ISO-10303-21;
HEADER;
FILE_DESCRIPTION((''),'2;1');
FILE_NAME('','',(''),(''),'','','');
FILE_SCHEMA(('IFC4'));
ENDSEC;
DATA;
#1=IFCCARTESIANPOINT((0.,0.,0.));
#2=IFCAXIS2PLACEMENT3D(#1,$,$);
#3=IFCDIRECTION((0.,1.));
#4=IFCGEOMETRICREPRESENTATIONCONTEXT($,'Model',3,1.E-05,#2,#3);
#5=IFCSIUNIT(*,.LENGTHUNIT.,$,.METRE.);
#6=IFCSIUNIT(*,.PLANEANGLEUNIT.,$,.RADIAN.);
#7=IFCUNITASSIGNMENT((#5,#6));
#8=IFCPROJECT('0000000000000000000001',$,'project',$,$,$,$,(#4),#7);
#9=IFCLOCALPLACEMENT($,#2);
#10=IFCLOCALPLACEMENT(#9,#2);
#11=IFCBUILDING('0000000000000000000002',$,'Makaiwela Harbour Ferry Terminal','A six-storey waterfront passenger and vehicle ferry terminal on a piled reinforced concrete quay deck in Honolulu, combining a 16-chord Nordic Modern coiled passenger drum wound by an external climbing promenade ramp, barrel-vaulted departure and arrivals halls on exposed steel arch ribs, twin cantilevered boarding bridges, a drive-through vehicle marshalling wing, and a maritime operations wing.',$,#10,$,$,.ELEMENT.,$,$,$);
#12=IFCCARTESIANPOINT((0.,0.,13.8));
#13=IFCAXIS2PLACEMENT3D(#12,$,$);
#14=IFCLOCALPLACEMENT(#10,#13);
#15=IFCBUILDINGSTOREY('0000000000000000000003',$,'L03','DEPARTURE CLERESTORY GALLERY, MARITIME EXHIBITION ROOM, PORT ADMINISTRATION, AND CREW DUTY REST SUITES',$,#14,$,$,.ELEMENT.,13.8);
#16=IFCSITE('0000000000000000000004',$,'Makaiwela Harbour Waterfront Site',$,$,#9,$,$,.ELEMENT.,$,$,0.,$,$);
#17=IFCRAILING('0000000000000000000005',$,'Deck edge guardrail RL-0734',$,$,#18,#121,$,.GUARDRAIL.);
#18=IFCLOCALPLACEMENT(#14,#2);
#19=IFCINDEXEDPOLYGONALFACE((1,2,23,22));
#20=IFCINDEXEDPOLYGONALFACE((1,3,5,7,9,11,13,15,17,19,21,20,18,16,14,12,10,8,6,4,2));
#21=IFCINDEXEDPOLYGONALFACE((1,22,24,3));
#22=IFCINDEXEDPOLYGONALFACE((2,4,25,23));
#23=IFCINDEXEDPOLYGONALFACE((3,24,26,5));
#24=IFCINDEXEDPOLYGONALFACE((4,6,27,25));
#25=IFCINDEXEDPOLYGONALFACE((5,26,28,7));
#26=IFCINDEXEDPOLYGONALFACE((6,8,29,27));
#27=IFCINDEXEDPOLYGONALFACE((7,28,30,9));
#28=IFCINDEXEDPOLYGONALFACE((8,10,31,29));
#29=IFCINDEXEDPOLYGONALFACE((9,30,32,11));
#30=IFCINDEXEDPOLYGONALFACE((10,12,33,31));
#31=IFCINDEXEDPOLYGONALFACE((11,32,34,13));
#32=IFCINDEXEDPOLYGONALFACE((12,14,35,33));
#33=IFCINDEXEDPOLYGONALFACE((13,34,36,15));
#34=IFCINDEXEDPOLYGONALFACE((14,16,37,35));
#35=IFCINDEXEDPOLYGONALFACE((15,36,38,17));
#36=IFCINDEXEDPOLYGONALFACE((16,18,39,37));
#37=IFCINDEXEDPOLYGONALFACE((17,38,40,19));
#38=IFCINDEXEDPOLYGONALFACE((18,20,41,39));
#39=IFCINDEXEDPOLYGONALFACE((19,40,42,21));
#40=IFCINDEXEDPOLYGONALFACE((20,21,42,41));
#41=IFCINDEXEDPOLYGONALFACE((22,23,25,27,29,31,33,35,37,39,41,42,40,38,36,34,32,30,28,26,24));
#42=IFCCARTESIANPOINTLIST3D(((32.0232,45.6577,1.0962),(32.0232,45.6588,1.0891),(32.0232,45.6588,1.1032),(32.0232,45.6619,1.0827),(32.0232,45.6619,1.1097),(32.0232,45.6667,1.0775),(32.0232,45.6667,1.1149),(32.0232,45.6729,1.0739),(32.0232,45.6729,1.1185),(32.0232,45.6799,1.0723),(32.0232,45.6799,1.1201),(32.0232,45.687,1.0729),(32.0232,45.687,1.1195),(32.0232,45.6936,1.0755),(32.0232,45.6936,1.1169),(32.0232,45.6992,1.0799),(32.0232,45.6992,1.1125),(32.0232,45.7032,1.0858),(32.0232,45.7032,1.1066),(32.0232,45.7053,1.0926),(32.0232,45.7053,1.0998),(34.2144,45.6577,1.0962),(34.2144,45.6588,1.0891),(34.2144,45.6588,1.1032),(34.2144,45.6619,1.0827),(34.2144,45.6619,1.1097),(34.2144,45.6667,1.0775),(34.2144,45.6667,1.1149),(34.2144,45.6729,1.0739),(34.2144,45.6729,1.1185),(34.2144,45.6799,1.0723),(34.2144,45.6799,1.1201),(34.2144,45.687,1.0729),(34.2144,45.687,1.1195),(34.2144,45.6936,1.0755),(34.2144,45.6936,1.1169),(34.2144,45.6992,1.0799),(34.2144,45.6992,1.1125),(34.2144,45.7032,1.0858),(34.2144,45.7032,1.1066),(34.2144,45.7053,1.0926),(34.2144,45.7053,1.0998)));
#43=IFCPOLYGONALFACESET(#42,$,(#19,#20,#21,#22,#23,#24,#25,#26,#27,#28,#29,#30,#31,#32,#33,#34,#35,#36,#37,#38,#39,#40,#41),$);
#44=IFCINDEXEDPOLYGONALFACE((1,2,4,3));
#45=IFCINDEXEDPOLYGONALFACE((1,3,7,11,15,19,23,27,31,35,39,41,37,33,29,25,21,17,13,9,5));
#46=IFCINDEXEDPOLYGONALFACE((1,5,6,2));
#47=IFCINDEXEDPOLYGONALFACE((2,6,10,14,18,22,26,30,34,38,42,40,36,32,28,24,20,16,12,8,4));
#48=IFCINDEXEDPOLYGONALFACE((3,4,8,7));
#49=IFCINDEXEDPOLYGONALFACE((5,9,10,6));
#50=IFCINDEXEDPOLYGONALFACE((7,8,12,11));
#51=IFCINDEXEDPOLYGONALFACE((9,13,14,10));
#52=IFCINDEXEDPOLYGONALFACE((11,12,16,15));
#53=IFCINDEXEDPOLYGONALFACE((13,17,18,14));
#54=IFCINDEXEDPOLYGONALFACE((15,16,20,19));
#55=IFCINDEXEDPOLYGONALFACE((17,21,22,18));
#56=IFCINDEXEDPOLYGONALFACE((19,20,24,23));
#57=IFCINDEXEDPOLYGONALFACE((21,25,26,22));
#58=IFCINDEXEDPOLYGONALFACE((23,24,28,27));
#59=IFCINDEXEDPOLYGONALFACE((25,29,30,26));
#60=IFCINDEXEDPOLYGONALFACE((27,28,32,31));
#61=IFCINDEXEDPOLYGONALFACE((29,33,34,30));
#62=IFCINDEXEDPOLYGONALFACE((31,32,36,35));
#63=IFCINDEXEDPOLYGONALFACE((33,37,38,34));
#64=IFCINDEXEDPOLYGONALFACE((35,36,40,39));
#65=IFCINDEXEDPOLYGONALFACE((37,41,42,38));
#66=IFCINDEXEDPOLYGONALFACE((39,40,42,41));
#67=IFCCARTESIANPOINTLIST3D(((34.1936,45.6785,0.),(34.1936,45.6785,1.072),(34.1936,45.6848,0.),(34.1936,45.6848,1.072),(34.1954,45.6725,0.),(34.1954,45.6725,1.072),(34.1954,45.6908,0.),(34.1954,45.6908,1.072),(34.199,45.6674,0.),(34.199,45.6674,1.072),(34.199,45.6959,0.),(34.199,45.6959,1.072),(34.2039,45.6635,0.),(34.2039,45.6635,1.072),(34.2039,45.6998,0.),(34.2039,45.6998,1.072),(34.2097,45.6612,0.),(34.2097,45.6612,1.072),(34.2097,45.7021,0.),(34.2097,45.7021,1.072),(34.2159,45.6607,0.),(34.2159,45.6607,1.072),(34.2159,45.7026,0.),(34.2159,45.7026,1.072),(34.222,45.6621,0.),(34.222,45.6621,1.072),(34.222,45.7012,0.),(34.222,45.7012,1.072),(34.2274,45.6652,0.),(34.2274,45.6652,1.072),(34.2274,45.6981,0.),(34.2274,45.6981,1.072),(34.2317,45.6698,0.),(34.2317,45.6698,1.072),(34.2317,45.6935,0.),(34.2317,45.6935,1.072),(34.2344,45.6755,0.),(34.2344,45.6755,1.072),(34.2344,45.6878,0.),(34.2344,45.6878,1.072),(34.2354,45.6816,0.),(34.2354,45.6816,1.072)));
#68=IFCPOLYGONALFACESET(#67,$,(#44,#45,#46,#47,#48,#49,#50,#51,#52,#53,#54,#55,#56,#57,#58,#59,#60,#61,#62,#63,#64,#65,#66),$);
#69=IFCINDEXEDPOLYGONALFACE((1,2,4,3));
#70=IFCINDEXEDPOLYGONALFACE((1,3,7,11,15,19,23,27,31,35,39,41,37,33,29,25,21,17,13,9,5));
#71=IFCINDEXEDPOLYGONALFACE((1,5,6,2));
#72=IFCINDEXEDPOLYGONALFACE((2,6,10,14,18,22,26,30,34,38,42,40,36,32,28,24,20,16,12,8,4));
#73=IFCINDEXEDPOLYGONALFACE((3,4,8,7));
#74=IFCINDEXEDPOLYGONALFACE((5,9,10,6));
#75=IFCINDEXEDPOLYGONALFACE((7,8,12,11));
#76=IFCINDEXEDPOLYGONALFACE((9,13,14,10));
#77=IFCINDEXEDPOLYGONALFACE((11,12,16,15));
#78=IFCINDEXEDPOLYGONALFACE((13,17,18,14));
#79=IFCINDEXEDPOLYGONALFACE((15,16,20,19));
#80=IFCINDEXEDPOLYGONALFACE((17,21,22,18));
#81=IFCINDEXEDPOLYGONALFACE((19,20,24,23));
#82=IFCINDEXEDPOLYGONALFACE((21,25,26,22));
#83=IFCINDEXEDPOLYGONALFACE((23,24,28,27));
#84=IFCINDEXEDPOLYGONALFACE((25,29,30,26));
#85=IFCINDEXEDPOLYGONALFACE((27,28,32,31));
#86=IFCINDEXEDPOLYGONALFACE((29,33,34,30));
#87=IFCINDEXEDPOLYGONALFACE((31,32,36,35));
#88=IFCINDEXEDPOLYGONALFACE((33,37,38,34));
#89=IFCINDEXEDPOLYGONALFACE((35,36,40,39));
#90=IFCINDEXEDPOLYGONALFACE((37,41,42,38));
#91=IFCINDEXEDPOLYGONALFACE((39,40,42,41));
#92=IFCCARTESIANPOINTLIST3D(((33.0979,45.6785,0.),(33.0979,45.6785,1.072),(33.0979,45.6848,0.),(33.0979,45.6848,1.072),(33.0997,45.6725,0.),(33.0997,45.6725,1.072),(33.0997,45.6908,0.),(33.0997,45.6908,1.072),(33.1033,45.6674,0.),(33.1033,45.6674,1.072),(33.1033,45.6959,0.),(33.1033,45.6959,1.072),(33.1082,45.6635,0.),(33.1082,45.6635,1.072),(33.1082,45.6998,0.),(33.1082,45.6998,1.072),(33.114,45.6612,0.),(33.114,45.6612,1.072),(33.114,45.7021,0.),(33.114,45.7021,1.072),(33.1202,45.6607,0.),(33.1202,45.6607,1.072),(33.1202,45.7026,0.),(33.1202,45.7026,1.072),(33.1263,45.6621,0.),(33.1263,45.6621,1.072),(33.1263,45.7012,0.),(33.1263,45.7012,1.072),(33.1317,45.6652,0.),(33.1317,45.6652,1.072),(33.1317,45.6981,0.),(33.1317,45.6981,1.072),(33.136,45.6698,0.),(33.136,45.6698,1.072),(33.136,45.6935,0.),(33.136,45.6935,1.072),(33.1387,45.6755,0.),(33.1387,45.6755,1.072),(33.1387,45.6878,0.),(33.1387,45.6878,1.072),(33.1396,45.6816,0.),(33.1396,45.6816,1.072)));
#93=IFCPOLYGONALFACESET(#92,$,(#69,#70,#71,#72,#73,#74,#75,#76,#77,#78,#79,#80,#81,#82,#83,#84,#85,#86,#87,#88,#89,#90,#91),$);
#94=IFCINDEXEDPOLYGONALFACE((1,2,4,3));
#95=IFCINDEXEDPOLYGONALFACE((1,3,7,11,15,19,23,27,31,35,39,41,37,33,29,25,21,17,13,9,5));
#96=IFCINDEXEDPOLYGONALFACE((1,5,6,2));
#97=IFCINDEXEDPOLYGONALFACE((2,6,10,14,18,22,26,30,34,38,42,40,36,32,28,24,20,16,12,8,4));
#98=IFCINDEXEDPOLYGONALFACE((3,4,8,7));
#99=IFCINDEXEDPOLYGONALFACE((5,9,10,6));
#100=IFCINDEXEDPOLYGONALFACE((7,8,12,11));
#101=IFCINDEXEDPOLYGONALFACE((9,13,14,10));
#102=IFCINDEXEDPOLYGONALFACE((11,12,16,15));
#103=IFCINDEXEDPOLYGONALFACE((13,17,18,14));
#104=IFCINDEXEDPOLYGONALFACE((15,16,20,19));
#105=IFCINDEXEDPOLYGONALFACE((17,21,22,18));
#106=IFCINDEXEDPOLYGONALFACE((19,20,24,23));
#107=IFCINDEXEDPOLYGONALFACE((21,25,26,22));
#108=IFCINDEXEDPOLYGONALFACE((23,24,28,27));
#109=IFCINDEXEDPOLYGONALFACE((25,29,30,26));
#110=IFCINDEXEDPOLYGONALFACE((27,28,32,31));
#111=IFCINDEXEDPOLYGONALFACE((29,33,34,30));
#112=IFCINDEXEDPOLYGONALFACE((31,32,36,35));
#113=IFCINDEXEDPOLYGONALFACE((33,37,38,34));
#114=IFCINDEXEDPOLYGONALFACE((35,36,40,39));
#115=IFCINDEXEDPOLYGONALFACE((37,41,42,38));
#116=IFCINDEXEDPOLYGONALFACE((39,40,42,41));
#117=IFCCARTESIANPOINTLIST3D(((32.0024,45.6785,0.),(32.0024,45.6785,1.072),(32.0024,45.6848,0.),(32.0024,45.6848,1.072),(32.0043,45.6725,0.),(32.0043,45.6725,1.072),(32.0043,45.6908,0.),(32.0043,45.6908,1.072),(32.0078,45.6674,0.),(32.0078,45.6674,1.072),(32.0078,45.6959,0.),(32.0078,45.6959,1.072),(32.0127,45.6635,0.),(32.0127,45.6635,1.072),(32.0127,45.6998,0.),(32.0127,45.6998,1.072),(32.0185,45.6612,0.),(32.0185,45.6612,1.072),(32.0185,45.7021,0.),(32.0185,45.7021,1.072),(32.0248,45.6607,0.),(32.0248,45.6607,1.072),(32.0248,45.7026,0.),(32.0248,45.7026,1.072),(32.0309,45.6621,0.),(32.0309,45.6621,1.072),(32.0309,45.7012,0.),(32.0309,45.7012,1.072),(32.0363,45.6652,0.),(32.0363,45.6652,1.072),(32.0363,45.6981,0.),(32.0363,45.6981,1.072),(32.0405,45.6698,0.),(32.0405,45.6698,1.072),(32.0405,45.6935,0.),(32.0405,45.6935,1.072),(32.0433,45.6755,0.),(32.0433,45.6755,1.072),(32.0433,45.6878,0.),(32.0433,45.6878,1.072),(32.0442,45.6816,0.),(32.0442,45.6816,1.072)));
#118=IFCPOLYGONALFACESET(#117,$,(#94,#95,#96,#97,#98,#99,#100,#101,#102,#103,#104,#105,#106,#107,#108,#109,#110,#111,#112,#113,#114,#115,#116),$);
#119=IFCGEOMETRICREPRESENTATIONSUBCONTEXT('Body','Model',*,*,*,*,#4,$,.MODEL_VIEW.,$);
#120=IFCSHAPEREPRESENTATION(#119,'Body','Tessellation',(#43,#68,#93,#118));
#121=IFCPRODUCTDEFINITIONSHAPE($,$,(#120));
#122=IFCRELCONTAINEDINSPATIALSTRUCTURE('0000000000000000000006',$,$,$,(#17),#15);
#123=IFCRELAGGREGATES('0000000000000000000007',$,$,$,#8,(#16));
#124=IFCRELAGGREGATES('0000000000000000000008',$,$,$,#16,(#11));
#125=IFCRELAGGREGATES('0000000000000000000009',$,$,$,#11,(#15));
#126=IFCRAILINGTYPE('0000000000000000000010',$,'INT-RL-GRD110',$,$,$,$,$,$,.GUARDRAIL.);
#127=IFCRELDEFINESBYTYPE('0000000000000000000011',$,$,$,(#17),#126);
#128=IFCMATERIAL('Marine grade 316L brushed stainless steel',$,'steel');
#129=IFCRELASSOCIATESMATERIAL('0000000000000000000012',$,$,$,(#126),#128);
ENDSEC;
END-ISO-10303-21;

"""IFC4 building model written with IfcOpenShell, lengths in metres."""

from ifc_helpers import new_model, si_unit, direction, frame, origin, origin_2d, place, context, subcontext, project, spatial, circle, extrude, material, type_object, element, save


model = new_model("IFC4")

# Units and contexts
model_context = context("Model", 3, precision=1e-05, world=origin(), true_north=direction((0.0, 1.0)))
body_context = subcontext(model_context, "Body", "Model", "MODEL_VIEW")
ifc_project = project(units=[si_unit("LENGTHUNIT", "METRE"), si_unit("PLANEANGLEUNIT", "RADIAN")], contexts=[model_context])

# Site, building, storey
site_placement = place(None, origin())
site = spatial("IfcSite", under=ifc_project, at=site_placement, Name="Makaiwela Harbour Waterfront Site", CompositionType="ELEMENT", RefElevation=0.0)
building_placement = place(site_placement, origin())
building = spatial("IfcBuilding", under=site, at=building_placement, Name="Makaiwela Harbour Ferry Terminal", Description="A six-storey waterfront passenger and vehicle ferry terminal on a piled reinforced concrete quay deck in Honolulu, combining a 16-chord Nordic Modern coiled passenger drum wound by an external climbing promenade ramp, barrel-vaulted departure and arrivals halls on exposed steel arch ribs, twin cantilevered boarding bridges, a drive-through vehicle marshalling wing, and a maritime operations wing.", CompositionType="ELEMENT")
storey_placement = place(building_placement, frame((0.0, 0.0, 13.8)))
storey = spatial("IfcBuildingStorey", under=building, at=storey_placement, Name="L03", Description="DEPARTURE CLERESTORY GALLERY, MARITIME EXHIBITION ROOM, PORT ADMINISTRATION, AND CREW DUTY REST SUITES", CompositionType="ELEMENT", Elevation=13.8)

# Railing
ifc_material_1 = material(Name="Marine grade 316L brushed stainless steel", Category="steel")
railing_type = type_object("IfcRailingType", Name="INT-RL-GRD110", PredefinedType="GUARDRAIL", material=ifc_material_1)
for number, where, name in (
    (1, (34.2144, 45.6816, 0.0), "Deck edge guardrail RL-0734"),
):
    element("IfcRailing", number, at=place(storey_placement, frame(where)), inside=storey, type_object=railing_type, Name=name, PredefinedType="GUARDRAIL", context=body_context, shape_type="SweptSolid", body=[
        extrude(circle(Radius=0.0239, at=origin_2d()), frame((0.0, 0.0, 1.0962), z_axis=(-1.0, 0.0, 0.0), x_axis=(0.0, -1.0, 0.0)), (0.0, 0.0, 1.0), 2.1912),
        extrude(circle(Radius=0.021, at=origin_2d()), origin(), (0.0, 0.0, 1.0), 1.072),
        extrude(circle(Radius=0.021, at=origin_2d()), frame((-1.0957, 0.0, 0.0)), (0.0, 0.0, 1.0), 1.072),
        extrude(circle(Radius=0.021, at=origin_2d()), frame((-2.1912, 0.0, 0.0)), (0.0, 0.0, 1.0), 1.072),
    ])

save(model, "model.ifc")
